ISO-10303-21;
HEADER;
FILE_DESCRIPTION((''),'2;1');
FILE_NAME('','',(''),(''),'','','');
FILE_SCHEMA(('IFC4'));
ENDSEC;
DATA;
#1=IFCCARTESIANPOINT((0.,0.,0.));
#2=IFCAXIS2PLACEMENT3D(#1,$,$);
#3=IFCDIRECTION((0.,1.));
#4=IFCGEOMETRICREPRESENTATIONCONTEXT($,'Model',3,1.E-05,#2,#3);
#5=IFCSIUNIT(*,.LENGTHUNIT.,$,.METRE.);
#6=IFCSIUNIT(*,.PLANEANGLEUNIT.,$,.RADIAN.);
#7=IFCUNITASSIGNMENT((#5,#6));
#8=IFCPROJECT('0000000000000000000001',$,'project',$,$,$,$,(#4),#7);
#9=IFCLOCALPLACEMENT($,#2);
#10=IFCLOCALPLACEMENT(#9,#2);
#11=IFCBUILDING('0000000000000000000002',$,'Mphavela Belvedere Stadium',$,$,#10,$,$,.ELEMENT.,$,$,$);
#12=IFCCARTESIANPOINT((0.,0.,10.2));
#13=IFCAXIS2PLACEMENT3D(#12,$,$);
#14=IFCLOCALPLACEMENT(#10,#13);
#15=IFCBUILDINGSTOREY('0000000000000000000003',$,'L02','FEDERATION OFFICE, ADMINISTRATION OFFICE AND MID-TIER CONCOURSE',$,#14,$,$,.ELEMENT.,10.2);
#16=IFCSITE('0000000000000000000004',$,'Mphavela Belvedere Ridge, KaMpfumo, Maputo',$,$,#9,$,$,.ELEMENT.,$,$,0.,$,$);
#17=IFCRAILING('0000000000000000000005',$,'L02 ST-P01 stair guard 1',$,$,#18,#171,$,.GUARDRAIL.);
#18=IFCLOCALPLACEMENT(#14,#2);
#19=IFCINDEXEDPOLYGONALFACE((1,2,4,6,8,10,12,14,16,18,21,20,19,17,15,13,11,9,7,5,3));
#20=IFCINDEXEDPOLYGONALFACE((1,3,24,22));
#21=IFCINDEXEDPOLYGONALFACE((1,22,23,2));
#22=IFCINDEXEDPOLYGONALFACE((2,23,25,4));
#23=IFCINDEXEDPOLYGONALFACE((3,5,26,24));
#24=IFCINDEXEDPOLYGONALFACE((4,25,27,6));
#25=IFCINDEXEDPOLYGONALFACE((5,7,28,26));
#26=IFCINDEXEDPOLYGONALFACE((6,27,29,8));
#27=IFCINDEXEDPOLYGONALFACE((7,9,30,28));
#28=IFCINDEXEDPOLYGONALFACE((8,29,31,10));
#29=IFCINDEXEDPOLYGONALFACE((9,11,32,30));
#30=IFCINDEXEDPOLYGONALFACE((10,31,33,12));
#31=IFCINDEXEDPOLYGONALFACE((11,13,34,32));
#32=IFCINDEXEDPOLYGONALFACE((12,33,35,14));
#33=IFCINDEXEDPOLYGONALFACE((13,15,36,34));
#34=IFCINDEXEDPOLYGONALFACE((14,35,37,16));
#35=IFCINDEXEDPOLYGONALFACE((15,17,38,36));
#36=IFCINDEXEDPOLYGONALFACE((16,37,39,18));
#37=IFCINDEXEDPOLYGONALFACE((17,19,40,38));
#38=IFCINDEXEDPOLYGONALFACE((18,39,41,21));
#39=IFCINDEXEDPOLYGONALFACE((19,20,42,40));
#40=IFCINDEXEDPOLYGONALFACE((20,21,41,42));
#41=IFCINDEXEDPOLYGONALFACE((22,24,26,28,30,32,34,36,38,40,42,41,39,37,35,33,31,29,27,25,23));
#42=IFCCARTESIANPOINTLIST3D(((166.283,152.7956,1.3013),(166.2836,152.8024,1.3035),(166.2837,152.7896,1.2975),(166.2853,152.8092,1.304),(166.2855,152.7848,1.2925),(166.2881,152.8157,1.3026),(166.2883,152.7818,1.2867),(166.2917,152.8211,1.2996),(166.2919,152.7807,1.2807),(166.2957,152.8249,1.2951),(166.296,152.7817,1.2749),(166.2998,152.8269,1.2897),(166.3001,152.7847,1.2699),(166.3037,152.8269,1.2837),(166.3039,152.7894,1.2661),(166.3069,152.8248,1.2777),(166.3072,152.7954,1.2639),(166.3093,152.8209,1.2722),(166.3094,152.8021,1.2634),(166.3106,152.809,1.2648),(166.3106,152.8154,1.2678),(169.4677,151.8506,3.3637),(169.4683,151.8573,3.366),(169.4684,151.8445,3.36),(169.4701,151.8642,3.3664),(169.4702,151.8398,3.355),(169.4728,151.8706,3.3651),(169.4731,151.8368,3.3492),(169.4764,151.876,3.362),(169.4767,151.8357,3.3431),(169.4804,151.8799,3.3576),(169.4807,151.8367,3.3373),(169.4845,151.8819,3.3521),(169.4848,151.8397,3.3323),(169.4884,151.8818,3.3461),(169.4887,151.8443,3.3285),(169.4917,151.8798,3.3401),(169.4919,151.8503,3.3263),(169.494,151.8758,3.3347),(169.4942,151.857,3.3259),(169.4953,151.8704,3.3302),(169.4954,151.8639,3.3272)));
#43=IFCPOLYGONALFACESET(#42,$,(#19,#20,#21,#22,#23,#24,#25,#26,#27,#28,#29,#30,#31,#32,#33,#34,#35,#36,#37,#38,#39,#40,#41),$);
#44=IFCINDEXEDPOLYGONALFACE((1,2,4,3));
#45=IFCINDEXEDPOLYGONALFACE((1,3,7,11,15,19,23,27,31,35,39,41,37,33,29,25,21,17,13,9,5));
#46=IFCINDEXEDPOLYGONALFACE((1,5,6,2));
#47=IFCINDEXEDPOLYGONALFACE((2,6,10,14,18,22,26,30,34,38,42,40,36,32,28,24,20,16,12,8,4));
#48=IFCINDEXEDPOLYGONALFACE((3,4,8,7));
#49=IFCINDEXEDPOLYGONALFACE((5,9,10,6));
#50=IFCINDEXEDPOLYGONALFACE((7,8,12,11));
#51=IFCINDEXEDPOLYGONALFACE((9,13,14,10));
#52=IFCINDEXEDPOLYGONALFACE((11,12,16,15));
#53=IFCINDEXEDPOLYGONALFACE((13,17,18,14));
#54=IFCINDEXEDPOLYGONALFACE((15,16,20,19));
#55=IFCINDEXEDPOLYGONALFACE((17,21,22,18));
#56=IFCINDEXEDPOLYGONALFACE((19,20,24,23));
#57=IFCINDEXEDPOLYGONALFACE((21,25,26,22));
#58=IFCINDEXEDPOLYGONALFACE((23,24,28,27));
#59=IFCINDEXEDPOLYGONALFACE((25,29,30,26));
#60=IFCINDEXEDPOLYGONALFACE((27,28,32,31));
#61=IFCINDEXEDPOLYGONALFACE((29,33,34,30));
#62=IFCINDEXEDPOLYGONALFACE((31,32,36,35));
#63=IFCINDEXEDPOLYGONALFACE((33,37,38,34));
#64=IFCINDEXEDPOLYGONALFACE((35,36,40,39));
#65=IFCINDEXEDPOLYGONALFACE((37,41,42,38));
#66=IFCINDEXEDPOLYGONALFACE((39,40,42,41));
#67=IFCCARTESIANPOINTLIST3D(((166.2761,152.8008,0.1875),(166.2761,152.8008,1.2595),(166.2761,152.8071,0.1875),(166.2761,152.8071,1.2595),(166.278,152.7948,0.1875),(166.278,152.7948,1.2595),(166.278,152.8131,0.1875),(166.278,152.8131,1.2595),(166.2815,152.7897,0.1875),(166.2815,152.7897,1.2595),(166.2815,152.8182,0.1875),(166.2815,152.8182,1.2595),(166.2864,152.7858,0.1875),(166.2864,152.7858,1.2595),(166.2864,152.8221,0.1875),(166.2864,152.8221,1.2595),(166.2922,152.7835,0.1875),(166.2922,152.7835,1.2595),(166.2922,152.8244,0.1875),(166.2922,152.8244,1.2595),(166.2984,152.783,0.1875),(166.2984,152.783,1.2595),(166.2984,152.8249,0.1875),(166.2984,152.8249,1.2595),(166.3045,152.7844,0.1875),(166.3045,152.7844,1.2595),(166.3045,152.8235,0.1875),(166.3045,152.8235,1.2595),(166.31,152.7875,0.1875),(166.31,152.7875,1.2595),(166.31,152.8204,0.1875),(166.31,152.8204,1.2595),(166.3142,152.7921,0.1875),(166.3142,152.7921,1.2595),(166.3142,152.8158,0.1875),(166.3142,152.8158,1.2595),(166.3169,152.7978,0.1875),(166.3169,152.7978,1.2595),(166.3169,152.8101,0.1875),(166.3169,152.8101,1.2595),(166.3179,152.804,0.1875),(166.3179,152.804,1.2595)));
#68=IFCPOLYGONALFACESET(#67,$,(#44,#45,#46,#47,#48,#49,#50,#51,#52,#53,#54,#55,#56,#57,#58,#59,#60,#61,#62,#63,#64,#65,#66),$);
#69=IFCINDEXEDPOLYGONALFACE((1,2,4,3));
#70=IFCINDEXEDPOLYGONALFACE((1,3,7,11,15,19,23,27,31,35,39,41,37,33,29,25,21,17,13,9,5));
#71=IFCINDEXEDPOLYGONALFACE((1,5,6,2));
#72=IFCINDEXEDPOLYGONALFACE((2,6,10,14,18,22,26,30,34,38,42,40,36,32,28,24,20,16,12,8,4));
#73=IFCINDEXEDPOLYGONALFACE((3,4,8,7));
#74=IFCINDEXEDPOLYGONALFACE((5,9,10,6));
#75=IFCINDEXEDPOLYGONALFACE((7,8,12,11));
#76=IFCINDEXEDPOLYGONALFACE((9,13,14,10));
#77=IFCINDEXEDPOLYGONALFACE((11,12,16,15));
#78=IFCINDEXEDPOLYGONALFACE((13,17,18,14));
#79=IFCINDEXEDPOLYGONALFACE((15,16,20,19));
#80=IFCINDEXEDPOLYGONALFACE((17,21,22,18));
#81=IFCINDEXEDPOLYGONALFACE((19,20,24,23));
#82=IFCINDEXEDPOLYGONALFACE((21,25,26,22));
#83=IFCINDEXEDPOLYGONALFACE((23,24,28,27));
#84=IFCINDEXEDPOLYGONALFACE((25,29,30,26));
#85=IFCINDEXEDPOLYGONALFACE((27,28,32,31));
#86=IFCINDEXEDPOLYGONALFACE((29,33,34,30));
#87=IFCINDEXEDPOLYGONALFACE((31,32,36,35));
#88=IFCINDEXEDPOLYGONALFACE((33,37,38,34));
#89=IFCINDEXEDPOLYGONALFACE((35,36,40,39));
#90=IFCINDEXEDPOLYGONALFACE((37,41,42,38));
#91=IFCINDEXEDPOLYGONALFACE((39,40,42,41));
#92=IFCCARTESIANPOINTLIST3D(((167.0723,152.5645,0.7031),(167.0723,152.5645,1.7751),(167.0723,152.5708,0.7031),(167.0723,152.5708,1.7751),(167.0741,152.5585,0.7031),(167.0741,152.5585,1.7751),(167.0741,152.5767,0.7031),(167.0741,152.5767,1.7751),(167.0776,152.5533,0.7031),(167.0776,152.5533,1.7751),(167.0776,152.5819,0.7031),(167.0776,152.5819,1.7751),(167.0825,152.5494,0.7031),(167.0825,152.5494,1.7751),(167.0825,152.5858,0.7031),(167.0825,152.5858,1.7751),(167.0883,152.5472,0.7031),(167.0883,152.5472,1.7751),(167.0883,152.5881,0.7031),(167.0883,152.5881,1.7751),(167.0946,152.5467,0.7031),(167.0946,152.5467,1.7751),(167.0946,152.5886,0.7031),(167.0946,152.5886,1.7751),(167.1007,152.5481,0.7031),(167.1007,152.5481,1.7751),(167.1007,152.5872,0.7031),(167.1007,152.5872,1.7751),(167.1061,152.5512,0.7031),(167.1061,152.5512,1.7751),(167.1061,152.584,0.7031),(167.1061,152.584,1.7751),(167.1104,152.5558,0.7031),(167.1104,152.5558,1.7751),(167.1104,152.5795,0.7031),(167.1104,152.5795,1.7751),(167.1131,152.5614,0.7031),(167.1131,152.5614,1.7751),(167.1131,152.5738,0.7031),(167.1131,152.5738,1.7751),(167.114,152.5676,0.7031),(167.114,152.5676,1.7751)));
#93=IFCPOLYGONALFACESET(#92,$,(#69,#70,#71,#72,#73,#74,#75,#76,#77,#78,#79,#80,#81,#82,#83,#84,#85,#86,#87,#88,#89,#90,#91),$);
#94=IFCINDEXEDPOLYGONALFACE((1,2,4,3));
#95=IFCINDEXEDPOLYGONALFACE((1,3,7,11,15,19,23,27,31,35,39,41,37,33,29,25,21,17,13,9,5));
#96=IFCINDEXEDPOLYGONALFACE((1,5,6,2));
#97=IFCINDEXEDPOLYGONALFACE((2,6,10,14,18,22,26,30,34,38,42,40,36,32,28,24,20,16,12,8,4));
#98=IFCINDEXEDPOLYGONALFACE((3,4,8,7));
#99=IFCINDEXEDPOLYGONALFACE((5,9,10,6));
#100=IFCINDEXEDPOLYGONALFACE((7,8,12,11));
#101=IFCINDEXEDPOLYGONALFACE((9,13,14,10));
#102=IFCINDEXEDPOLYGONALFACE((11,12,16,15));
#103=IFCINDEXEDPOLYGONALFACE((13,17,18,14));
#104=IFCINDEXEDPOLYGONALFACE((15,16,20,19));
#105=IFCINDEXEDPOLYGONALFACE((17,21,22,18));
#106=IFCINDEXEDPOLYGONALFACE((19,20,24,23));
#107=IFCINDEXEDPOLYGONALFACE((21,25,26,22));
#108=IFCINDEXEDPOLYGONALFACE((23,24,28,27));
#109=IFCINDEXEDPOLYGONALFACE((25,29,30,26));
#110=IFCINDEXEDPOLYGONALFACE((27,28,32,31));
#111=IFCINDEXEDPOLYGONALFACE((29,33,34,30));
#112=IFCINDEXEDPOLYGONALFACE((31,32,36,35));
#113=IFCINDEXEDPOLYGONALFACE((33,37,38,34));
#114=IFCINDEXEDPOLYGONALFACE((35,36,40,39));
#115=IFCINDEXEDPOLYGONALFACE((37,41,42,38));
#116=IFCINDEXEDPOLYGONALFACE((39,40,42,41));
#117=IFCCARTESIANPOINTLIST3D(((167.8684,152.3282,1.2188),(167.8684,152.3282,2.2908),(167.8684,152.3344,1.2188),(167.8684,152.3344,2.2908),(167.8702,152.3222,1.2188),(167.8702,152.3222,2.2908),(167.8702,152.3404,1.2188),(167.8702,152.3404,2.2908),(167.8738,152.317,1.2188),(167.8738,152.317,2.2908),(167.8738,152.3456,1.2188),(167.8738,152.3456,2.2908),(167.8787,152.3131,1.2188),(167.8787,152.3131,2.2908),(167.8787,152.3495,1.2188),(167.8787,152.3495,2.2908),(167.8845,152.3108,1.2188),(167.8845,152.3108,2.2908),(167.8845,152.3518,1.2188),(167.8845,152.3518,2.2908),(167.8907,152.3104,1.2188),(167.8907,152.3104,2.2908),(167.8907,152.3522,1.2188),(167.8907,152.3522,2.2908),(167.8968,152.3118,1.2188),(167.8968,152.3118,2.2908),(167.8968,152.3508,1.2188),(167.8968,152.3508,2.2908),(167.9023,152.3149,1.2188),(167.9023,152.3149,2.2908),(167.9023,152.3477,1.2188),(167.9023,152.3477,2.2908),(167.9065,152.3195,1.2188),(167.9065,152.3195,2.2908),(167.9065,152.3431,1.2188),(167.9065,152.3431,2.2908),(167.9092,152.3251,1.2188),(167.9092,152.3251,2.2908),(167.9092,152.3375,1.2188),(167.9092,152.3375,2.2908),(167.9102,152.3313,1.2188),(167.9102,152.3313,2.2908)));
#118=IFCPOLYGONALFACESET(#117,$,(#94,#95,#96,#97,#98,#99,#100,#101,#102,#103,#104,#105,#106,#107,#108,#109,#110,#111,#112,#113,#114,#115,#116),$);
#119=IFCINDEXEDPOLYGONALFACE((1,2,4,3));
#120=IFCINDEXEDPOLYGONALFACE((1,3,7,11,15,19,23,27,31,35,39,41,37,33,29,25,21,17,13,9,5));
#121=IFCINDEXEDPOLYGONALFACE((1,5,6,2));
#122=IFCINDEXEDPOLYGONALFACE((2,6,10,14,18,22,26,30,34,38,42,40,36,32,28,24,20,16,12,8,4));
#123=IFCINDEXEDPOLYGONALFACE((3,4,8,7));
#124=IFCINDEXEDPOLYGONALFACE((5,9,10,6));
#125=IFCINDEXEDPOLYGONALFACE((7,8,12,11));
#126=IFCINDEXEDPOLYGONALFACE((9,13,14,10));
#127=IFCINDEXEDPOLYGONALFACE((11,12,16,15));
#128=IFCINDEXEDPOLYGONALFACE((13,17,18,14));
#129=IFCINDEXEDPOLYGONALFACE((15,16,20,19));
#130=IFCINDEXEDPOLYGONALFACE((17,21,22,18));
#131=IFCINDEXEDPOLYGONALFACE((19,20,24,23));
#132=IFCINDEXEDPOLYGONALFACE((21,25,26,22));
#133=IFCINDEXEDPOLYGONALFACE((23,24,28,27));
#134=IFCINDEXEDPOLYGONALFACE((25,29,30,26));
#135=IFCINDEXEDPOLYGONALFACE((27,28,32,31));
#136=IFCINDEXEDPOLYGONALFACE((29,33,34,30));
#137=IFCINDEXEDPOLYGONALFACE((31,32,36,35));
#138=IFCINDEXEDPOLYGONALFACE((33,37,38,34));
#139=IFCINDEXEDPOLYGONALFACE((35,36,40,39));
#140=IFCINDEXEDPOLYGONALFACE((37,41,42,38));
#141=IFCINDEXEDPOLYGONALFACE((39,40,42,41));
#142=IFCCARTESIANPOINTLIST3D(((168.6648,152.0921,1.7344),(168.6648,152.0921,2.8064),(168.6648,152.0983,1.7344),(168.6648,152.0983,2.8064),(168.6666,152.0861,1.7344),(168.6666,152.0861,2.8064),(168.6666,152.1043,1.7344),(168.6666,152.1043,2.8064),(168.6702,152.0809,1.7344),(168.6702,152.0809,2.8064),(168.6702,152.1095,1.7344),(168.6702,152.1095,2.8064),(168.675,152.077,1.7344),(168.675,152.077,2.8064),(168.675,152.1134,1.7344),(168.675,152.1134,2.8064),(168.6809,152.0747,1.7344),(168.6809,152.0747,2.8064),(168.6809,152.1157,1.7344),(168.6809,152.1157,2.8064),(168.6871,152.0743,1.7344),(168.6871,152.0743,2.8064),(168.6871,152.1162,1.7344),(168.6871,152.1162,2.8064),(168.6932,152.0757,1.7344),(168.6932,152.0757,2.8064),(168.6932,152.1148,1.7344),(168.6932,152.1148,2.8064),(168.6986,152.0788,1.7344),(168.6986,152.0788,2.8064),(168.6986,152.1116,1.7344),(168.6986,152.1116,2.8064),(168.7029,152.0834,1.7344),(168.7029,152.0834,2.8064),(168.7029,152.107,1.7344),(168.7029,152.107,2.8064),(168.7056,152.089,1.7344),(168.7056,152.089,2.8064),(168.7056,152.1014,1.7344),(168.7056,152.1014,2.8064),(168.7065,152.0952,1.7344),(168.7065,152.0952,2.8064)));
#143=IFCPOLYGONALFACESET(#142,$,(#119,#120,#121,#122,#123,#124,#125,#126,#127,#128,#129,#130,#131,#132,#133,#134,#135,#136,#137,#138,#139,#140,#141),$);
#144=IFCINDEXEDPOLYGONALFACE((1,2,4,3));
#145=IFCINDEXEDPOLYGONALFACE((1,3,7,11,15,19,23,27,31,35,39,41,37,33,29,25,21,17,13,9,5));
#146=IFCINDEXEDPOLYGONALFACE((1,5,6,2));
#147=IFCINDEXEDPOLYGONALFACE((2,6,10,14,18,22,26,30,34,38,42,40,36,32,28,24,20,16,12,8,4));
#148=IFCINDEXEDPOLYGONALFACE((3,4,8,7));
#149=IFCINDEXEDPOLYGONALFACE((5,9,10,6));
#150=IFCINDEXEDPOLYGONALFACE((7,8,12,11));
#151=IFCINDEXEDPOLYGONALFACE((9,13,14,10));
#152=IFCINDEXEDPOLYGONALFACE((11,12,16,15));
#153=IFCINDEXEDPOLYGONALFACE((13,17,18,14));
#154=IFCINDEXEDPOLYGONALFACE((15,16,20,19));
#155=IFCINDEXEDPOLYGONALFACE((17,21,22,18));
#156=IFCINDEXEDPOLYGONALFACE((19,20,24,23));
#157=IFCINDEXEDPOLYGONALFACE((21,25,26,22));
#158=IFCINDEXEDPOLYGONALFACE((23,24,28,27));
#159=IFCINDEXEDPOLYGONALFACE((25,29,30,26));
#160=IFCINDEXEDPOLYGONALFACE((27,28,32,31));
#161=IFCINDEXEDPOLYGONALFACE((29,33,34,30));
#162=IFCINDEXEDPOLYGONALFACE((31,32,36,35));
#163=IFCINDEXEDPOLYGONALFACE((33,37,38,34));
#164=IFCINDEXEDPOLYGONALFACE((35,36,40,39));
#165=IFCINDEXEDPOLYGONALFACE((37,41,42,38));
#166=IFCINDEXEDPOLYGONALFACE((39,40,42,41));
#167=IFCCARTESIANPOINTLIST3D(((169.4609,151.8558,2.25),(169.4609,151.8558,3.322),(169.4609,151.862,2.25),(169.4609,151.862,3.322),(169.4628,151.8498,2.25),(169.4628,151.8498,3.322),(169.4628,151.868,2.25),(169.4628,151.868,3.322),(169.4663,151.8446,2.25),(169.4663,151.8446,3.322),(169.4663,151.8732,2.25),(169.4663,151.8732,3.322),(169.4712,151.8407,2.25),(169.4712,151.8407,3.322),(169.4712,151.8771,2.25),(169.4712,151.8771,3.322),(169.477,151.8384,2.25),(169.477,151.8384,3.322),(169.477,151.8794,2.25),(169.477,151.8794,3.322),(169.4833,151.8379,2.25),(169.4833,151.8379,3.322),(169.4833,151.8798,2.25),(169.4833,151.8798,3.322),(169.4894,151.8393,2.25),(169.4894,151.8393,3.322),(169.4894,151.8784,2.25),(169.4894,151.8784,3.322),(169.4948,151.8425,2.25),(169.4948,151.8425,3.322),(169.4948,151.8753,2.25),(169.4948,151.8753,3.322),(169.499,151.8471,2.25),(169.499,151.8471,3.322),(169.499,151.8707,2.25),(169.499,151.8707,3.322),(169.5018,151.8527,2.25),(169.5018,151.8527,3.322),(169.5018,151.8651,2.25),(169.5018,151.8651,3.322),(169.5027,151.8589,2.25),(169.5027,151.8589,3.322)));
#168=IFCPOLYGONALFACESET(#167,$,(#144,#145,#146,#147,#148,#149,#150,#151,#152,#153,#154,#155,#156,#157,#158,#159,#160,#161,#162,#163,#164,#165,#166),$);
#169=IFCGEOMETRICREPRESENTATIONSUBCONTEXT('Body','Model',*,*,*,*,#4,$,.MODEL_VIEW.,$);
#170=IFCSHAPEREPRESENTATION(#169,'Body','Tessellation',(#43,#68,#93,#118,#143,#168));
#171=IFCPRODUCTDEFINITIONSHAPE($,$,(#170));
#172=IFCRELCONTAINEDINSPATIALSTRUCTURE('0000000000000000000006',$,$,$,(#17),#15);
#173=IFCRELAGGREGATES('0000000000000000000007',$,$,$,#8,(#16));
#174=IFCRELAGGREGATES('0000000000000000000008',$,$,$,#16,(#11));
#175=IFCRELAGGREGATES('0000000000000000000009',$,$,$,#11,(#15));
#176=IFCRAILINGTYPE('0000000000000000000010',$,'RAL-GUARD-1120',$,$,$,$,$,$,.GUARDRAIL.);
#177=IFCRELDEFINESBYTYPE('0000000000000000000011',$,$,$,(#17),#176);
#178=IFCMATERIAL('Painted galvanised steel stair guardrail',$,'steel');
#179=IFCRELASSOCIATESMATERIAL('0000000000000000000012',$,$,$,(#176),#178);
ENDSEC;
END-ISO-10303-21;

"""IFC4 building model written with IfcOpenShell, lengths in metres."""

from ifc_helpers import new_model, si_unit, direction, frame, origin, origin_2d, place, context, subcontext, project, spatial, circle, extrude, material, type_object, element, save


model = new_model("IFC4")

# Units and contexts
model_context = context("Model", 3, precision=1e-05, world=origin(), true_north=direction((0.0, 1.0)))
body_context = subcontext(model_context, "Body", "Model", "MODEL_VIEW")
ifc_project = project(units=[si_unit("LENGTHUNIT", "METRE"), si_unit("PLANEANGLEUNIT", "RADIAN")], contexts=[model_context])

# Site, building, storey
site_placement = place(None, origin())
site = spatial("IfcSite", under=ifc_project, at=site_placement, Name="Mphavela Belvedere Ridge, KaMpfumo, Maputo", CompositionType="ELEMENT", RefElevation=0.0)
building_placement = place(site_placement, origin())
building = spatial("IfcBuilding", under=site, at=building_placement, Name="Mphavela Belvedere Stadium", CompositionType="ELEMENT")
storey_placement = place(building_placement, frame((0.0, 0.0, 10.2)))
storey = spatial("IfcBuildingStorey", under=building, at=storey_placement, Name="L02", Description="FEDERATION OFFICE, ADMINISTRATION OFFICE AND MID-TIER CONCOURSE", CompositionType="ELEMENT", Elevation=10.2)

# Railing
ifc_material_1 = material(Name="Painted galvanised steel stair guardrail", Category="steel")
railing_type_1 = type_object("IfcRailingType", Name="RAL-GUARD-1120", PredefinedType="GUARDRAIL", material=ifc_material_1)
railing_1_placement = place(storey_placement, frame((166.2969, 152.804, 0.1875)))
element("IfcRailing", 1, at=railing_1_placement, inside=storey, type_object=railing_type_1, Name="L02 ST-P01 stair guard 1", PredefinedType="GUARDRAIL", context=body_context, shape_type="SweptSolid", body=[
    extrude(circle(Radius=0.0239, at=origin_2d()), frame((0.0, 0.0, 1.0962), z_axis=(0.814477, -0.24169, 0.527459), x_axis=(0.284481, 0.958682, 0.0)), (0.0, 0.0, 1.0), 3.9102),
    extrude(circle(Radius=0.021, at=origin_2d()), origin(), (0.0, 0.0, 1.0), 1.072),
    extrude(circle(Radius=0.021, at=origin_2d()), frame((0.7961, -0.2363, 0.5156)), (0.0, 0.0, 1.0), 1.072),
    extrude(circle(Radius=0.021, at=origin_2d()), frame((1.5923, -0.4727, 1.0312)), (0.0, 0.0, 1.0), 1.072),
    extrude(circle(Radius=0.021, at=origin_2d()), frame((2.3887, -0.7087, 1.5469)), (0.0, 0.0, 1.0), 1.072),
    extrude(circle(Radius=0.021, at=origin_2d()), frame((3.1848, -0.9451, 2.0625)), (0.0, 0.0, 1.0), 1.072),
])

save(model, "model.ifc")
